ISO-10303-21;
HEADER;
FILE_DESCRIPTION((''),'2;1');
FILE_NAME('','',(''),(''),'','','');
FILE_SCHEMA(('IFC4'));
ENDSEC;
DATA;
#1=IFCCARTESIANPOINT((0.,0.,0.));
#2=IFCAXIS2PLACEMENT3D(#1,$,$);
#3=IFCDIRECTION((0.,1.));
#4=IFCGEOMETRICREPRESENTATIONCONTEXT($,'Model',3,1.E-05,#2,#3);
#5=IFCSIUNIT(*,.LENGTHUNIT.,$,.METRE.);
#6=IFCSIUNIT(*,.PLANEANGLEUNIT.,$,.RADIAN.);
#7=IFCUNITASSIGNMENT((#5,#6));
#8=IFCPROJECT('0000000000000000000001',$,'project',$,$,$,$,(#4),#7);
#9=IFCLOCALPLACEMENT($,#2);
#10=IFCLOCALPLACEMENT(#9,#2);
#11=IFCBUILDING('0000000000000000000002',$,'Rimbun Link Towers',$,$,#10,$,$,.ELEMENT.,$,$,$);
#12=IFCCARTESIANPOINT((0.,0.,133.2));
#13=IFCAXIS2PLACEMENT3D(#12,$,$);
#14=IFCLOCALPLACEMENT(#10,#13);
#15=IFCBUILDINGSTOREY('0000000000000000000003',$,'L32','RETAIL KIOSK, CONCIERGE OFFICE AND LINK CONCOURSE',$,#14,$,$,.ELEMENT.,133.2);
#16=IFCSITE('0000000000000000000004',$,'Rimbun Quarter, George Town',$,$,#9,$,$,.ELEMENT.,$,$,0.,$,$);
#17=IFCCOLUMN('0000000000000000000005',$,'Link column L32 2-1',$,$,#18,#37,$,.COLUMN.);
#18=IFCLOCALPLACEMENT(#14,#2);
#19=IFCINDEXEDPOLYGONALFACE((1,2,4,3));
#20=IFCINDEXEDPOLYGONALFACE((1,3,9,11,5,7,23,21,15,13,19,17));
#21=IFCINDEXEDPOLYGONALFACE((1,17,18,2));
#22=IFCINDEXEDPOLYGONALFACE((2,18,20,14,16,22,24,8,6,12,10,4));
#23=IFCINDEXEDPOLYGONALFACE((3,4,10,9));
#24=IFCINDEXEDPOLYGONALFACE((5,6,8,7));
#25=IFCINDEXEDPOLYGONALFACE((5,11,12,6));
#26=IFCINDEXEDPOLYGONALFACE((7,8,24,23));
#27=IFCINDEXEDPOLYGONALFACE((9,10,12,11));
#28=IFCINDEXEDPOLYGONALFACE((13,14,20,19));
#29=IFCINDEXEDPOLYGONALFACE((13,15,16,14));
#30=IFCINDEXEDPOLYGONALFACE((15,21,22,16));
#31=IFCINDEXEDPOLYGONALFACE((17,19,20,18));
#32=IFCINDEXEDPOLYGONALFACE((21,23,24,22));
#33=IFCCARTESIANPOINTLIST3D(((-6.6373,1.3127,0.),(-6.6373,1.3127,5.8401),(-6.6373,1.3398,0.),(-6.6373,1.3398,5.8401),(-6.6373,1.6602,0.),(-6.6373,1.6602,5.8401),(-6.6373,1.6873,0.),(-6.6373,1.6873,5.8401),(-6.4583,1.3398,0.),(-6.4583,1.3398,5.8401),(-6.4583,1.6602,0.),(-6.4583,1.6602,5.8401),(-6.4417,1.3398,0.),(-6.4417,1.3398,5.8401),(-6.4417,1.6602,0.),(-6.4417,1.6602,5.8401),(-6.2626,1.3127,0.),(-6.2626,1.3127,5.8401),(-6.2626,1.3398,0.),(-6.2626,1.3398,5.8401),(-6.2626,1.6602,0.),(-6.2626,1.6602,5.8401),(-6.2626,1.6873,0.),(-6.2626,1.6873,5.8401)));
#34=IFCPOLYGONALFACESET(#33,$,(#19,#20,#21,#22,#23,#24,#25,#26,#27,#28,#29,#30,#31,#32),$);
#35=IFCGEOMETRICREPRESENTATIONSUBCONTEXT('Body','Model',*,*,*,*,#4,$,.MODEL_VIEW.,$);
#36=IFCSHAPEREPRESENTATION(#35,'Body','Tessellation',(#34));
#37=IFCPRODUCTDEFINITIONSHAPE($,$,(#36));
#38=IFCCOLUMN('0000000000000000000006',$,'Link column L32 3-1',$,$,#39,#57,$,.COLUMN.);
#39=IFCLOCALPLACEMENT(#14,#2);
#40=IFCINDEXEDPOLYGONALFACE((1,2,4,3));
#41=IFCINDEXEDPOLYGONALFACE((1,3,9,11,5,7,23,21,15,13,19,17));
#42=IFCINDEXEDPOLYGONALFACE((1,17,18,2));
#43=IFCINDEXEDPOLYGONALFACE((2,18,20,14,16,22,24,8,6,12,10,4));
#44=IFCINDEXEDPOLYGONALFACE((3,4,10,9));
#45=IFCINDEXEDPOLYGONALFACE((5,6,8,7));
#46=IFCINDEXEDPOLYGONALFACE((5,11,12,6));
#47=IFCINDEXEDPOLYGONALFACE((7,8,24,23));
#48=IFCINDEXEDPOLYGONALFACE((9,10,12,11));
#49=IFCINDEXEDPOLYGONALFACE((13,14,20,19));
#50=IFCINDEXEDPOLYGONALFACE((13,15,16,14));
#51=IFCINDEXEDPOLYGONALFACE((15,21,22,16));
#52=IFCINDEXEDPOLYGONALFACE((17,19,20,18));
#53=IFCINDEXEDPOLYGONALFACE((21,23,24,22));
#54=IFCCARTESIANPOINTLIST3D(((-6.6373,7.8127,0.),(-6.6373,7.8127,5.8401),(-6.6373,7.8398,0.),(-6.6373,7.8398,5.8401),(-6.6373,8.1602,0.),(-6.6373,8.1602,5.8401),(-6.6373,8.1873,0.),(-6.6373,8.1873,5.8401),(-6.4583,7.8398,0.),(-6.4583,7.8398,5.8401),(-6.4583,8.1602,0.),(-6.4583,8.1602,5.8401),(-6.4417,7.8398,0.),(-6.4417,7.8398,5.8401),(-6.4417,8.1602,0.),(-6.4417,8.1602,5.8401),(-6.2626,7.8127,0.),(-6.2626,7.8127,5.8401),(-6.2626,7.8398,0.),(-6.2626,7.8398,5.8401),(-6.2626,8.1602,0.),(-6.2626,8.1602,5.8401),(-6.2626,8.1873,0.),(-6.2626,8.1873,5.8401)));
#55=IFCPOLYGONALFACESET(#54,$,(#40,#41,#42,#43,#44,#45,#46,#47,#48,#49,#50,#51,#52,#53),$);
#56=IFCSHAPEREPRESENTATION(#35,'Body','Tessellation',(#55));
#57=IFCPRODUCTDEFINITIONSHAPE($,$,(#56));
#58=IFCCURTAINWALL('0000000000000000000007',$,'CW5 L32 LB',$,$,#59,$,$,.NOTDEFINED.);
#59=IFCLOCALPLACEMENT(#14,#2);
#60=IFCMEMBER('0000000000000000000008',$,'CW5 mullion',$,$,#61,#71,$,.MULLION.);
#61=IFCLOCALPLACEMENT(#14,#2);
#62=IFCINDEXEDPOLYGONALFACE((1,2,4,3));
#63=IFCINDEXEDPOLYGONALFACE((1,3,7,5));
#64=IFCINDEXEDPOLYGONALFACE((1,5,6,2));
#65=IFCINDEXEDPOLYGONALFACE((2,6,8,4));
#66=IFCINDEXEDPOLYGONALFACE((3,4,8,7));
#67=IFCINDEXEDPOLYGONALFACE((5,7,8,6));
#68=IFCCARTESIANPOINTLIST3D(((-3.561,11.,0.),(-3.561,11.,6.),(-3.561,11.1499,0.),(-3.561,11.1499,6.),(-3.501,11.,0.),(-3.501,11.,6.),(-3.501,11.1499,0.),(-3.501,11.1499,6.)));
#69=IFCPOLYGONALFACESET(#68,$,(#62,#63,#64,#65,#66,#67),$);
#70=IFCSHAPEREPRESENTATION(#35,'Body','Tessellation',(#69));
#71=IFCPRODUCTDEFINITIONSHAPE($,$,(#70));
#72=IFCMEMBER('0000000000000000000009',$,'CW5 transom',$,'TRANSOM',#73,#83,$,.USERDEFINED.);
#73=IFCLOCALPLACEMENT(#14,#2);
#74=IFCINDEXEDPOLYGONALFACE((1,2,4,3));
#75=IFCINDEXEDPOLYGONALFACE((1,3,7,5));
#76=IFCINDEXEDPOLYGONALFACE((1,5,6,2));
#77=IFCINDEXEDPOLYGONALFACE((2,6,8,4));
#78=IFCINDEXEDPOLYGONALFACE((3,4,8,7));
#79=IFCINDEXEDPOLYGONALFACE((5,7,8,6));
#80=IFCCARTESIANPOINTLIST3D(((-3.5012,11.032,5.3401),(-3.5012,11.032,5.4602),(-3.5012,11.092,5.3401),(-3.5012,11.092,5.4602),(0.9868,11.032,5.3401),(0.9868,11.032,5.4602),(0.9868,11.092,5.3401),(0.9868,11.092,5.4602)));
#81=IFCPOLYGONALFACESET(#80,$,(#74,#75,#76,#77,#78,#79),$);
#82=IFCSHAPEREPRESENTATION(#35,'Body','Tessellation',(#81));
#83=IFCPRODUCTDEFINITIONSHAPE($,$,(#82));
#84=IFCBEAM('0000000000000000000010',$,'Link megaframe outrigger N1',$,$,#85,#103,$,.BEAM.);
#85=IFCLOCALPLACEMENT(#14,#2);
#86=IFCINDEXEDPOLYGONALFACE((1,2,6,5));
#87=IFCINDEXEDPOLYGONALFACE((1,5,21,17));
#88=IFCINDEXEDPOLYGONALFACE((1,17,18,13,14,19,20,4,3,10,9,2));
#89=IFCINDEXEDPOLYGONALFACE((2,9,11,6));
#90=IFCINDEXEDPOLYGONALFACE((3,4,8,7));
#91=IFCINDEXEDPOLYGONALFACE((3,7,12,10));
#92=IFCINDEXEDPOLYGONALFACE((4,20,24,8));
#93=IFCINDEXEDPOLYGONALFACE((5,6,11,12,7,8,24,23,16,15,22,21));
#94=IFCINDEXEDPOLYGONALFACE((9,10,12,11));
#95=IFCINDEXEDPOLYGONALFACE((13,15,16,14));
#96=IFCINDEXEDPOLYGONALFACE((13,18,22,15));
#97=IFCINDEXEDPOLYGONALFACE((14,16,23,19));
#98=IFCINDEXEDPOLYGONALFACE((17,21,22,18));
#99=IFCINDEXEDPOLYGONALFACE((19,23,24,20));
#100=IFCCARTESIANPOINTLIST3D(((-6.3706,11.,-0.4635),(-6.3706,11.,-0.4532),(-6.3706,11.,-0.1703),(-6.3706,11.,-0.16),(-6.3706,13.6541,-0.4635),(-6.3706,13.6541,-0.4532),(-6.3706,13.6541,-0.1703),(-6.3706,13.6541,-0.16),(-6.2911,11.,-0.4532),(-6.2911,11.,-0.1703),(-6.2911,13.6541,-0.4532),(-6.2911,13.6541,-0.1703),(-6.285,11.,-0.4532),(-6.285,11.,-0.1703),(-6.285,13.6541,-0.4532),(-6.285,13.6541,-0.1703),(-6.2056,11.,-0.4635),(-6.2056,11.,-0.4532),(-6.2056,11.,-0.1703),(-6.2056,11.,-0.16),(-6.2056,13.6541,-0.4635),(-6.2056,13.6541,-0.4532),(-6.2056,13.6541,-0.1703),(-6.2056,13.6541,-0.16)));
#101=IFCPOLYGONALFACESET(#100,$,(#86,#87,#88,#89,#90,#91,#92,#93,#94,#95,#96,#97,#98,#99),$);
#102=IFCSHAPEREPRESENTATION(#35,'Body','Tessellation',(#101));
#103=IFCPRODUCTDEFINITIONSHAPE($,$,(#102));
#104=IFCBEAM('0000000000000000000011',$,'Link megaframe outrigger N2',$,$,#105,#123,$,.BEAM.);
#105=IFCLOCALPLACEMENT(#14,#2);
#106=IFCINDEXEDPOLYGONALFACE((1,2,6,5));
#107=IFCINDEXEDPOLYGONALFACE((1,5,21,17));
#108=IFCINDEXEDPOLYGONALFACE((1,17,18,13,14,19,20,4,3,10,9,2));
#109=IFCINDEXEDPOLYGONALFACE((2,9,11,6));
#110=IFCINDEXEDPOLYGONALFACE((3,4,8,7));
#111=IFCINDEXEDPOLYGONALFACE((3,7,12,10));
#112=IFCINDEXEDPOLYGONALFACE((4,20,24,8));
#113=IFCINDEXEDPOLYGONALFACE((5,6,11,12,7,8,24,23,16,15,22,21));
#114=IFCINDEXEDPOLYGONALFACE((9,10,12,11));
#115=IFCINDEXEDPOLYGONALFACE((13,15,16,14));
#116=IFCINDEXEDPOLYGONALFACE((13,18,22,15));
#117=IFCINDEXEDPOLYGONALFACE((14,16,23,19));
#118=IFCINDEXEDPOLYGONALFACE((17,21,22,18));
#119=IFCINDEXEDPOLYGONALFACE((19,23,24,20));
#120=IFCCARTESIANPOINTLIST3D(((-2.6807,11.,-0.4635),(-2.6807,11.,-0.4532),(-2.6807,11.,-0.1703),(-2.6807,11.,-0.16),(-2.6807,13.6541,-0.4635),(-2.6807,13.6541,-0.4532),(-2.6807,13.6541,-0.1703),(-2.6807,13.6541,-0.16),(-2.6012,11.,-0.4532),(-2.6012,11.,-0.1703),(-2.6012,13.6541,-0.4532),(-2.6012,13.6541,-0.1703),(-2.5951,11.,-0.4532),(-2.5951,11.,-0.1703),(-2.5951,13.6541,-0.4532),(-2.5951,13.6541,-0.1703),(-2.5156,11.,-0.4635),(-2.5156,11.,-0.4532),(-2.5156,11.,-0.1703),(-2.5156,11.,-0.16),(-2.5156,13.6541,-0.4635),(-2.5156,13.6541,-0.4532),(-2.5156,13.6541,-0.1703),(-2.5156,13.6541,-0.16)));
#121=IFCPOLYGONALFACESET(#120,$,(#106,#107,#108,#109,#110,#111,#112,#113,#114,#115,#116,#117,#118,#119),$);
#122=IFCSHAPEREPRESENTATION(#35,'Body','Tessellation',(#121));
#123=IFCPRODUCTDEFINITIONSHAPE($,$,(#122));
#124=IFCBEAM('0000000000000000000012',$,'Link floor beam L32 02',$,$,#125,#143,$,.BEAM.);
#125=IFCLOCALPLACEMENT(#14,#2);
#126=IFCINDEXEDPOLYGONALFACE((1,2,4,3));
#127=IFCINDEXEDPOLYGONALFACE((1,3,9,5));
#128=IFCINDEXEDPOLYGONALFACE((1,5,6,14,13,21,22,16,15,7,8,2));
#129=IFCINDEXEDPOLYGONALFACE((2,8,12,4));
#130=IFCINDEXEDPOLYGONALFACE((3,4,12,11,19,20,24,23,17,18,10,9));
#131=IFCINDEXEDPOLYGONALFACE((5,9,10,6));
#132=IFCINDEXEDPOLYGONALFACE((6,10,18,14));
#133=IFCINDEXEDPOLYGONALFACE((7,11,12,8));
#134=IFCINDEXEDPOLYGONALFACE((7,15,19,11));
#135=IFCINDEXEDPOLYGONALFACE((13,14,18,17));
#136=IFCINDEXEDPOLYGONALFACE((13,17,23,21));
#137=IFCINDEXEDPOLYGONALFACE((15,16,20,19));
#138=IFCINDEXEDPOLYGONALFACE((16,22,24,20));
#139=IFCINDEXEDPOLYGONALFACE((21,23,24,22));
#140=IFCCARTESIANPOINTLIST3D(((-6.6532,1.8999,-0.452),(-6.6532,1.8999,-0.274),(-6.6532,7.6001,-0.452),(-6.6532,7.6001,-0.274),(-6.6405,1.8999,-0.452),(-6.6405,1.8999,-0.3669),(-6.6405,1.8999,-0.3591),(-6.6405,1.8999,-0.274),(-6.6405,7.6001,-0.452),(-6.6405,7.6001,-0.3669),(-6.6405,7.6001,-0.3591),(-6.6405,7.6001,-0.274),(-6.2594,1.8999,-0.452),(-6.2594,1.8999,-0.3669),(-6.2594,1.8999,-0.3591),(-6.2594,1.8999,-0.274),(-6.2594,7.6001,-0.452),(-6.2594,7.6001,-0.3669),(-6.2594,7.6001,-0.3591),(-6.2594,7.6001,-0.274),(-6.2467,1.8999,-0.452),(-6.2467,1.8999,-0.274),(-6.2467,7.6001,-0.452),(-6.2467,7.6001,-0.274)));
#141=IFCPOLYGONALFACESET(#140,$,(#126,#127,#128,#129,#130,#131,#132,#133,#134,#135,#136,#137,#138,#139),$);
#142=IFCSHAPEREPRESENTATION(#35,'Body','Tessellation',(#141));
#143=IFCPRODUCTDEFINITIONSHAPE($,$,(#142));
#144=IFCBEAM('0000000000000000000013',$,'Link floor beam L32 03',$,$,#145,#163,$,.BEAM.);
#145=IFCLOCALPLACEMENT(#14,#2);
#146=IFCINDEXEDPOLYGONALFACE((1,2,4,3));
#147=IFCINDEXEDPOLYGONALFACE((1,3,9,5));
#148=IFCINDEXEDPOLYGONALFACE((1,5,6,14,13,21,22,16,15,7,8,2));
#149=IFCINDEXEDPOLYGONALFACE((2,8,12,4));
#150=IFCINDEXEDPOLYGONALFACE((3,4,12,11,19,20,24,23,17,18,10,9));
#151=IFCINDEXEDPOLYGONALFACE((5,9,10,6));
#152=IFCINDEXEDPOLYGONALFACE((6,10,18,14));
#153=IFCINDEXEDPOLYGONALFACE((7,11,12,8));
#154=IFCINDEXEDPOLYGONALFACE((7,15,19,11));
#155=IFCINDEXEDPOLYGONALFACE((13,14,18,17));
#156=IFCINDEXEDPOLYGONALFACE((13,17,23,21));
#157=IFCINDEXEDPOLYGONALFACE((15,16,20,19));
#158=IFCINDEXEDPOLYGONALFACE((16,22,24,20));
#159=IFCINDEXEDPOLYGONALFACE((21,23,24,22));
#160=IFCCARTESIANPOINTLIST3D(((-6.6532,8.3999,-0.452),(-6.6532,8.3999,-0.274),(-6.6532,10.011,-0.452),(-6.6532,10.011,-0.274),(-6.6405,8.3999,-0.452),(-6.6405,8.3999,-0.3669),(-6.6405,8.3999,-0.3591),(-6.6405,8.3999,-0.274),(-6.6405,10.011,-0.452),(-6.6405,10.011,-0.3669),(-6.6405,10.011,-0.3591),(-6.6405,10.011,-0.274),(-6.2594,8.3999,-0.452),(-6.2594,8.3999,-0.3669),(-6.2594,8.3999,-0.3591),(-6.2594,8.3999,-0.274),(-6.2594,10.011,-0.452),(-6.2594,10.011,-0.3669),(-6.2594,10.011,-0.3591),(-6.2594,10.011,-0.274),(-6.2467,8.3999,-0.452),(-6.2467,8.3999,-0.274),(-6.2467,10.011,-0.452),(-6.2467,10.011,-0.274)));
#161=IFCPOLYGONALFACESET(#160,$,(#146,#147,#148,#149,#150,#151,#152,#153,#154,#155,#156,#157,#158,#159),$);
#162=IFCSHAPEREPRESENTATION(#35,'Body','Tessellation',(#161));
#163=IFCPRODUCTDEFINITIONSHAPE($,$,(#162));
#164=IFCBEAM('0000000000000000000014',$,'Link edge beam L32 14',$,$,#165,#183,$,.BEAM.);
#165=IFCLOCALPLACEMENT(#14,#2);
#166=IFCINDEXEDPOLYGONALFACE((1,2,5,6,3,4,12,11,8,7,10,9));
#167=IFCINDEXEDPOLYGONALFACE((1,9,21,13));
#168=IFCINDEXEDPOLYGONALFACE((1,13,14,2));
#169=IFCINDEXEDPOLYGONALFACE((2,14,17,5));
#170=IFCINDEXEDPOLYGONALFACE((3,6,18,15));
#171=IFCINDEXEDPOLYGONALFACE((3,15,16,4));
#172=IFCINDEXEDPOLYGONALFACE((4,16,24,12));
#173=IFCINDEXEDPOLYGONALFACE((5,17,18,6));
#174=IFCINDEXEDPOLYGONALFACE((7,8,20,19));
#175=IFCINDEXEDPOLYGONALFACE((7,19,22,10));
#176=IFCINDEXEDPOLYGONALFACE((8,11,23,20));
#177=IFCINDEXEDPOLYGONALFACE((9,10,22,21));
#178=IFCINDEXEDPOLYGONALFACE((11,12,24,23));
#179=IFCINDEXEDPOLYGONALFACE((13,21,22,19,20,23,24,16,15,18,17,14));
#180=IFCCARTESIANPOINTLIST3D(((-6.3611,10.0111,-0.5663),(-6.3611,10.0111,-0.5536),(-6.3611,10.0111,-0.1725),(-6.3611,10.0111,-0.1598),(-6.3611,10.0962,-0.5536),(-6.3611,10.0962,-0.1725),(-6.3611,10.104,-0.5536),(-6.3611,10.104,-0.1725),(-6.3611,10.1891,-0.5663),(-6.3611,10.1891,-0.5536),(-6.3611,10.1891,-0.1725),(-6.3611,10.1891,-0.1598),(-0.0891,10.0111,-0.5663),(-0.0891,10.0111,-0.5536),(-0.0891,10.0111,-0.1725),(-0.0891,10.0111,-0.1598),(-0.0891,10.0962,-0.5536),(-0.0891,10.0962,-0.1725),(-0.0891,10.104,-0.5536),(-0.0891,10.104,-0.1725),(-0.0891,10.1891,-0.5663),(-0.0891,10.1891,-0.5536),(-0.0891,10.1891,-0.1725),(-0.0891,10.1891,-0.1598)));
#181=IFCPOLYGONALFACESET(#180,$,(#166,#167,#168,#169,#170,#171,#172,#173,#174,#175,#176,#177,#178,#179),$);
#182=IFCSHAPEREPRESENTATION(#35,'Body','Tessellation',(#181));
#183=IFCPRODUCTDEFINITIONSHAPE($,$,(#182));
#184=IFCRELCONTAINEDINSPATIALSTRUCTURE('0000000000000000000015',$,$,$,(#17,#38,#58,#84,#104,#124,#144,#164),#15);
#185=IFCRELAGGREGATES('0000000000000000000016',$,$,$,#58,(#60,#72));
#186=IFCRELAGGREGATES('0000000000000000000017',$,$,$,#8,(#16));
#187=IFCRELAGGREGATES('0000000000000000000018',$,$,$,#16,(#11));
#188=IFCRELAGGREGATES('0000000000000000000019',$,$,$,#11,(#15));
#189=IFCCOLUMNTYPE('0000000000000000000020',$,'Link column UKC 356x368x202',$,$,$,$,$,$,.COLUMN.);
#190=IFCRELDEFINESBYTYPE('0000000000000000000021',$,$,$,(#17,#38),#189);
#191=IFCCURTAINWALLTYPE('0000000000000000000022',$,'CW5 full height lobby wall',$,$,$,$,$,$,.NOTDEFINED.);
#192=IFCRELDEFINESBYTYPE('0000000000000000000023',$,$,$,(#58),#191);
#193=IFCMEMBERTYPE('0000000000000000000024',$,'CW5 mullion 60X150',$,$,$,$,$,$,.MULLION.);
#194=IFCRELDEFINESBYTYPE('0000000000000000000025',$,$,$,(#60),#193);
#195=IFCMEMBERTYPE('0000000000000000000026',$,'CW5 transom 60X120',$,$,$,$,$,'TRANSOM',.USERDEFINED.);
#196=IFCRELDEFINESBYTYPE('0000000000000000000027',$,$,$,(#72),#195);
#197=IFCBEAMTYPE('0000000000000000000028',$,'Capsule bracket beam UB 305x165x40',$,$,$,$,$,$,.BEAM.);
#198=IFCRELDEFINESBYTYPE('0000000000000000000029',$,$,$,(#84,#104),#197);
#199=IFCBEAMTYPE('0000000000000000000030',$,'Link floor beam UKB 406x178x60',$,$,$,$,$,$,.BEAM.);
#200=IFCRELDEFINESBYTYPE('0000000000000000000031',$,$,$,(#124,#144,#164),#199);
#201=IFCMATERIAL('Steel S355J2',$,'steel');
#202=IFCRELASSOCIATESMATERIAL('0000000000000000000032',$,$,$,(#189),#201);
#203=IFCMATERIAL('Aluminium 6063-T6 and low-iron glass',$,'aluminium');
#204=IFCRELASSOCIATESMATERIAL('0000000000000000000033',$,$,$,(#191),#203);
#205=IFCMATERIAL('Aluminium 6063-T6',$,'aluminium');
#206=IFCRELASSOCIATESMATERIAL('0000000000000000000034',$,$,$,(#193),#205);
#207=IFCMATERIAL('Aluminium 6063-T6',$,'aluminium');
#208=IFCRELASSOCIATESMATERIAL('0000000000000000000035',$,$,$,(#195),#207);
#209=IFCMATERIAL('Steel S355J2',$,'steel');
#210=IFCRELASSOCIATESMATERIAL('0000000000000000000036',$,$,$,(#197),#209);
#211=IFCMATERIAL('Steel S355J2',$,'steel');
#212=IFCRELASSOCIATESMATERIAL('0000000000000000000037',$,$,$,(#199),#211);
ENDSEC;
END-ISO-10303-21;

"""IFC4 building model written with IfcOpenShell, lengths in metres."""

from ifc_helpers import new_model, si_unit, direction, frame, origin, origin_2d, place, context, subcontext, project, spatial, rectangle, i_section, extrude, material, material_profile, profile_set, type_object, element, aggregate, save


model = new_model("IFC4")

# Units and contexts
model_context = context("Model", 3, precision=1e-05, world=origin(), true_north=direction((0.0, 1.0)))
body_context = subcontext(model_context, "Body", "Model", "MODEL_VIEW")
ifc_project = project(units=[si_unit("LENGTHUNIT", "METRE"), si_unit("PLANEANGLEUNIT", "RADIAN")], contexts=[model_context])

# Site, building, storey
site_placement = place(None, origin())
site = spatial("IfcSite", under=ifc_project, at=site_placement, Name="Rimbun Quarter, George Town", CompositionType="ELEMENT", RefElevation=0.0)
building_placement = place(site_placement, origin())
building = spatial("IfcBuilding", under=site, at=building_placement, Name="Rimbun Link Towers", CompositionType="ELEMENT")
storey_placement = place(building_placement, frame((0.0, 0.0, 133.2)))
storey = spatial("IfcBuildingStorey", under=building, at=storey_placement, Name="L32", Description="RETAIL KIOSK, CONCIERGE OFFICE AND LINK CONCOURSE", CompositionType="ELEMENT", Elevation=133.2)

# Columns
ifc_material_1 = material(Name="Steel S355J2", Category="steel")
ifc_material_profile_1 = material_profile(ifc_material_1, i_section(OverallWidth=0.3748, OverallDepth=0.3745, WebThickness=0.0166, FlangeThickness=0.0271, at=origin_2d()), Name="UKC 356x368x202")
ifc_profile_set_1 = profile_set([ifc_material_profile_1], Name="Steel S355J2")
column_type = type_object("IfcColumnType", Name="Link column UKC 356x368x202", PredefinedType="COLUMN", material=ifc_profile_set_1)
for number, where, z_axis, x_axis, name in (
    (1, (-6.45, 1.5, 0.0), (0.0, 0.0, 1.0), (1.0, 0.0, 0.0), "Link column L32 2-1"),
    (2, (-6.45, 8.0, 0.0), (0.0, 0.0, 1.0), (1.0, 0.0, 0.0), "Link column L32 3-1"),
):
    element("IfcColumn", number, at=place(storey_placement, frame(where, z_axis=z_axis, x_axis=x_axis)), inside=storey, type_object=column_type, Name=name, PredefinedType="COLUMN", context=body_context, shape_type="SweptSolid", body=[
        extrude(i_section(OverallWidth=0.3748, OverallDepth=0.3745, WebThickness=0.0166, FlangeThickness=0.0271, at=origin_2d()), origin(), (0.0, 0.0, 1.0), 5.8401),
    ])

# Curtain wall, members
ifc_material_2 = material(Name="Aluminium 6063-T6 and low-iron glass", Category="aluminium")
curtain_wall_type = type_object("IfcCurtainWallType", Name="CW5 full height lobby wall", PredefinedType="NOTDEFINED", material=ifc_material_2)
curtain_wall_placement = place(storey_placement, origin())
curtain_wall = element("IfcCurtainWall", 3, at=curtain_wall_placement, inside=storey, type_object=curtain_wall_type, Name="CW5 L32 LB", PredefinedType="NOTDEFINED")
ifc_material_3 = material(Name="Aluminium 6063-T6", Category="aluminium")
ifc_material_profile_2 = material_profile(ifc_material_3, rectangle(XDim=0.1499, YDim=0.0601, at=origin_2d()), Name="MULLION 60X150")
ifc_profile_set_2 = profile_set([ifc_material_profile_2], Name="Aluminium 6063-T6")
member_type_1 = type_object("IfcMemberType", Name="CW5 mullion 60X150", PredefinedType="MULLION", material=ifc_profile_set_2)
member_1_placement = place(storey_placement, frame((-3.531, 11.075, 0.0), z_axis=(0.0, 0.0, 1.0), x_axis=(0.0, 1.0, 0.0)))
member_1 = element("IfcMember", 4, at=member_1_placement, type_object=member_type_1, Name="CW5 mullion", PredefinedType="MULLION", context=body_context, shape_type="SweptSolid", body=[
    extrude(rectangle(XDim=0.1499, YDim=0.0601, at=origin_2d()), origin(), (0.0, 0.0, 1.0), 6.0),
])
ifc_material_4 = material(Name="Aluminium 6063-T6", Category="aluminium")
ifc_material_profile_3 = material_profile(ifc_material_4, rectangle(XDim=0.0601, YDim=0.1201, at=origin_2d()), Name="TRANSOM 60X120")
ifc_profile_set_3 = profile_set([ifc_material_profile_3], Name="Aluminium 6063-T6")
member_type_2 = type_object("IfcMemberType", Name="CW5 transom 60X120", ElementType="TRANSOM", PredefinedType="USERDEFINED", material=ifc_profile_set_3)
member_2_placement = place(storey_placement, frame((-3.5012, 11.062, 5.4001), z_axis=(1.0, 0.0, 0.0), x_axis=(0.0, 1.0, 0.0)))
member_2 = element("IfcMember", 5, at=member_2_placement, type_object=member_type_2, Name="CW5 transom", ObjectType="TRANSOM", PredefinedType="USERDEFINED", context=body_context, shape_type="SweptSolid", body=[
    extrude(rectangle(XDim=0.0601, YDim=0.1201, at=origin_2d()), origin(), (0.0, 0.0, 1.0), 4.488),
])

# Beams
ifc_material_5 = material(Name="Steel S355J2", Category="steel")
ifc_material_profile_4 = material_profile(ifc_material_5, i_section(OverallWidth=0.165, OverallDepth=0.3035, WebThickness=0.0061, FlangeThickness=0.0103, at=origin_2d()), Name="UB 305x165x40")
ifc_profile_set_4 = profile_set([ifc_material_profile_4], Name="Steel S355J2")
beam_type_1 = type_object("IfcBeamType", Name="Capsule bracket beam UB 305x165x40", PredefinedType="BEAM", material=ifc_profile_set_4)
for number, where, z_axis, x_axis, name in (
    (6, (-6.2881, 11.0, -0.3118), (0.0, 1.0, 0.0), (-1.0, 0.0, 0.0), "Link megaframe outrigger N1"),
    (7, (-2.5981, 11.0, -0.3118), (0.0, 1.0, 0.0), (-1.0, 0.0, 0.0), "Link megaframe outrigger N2"),
):
    element("IfcBeam", number, at=place(storey_placement, frame(where, z_axis=z_axis, x_axis=x_axis)), inside=storey, type_object=beam_type_1, Name=name, PredefinedType="BEAM", context=body_context, shape_type="SweptSolid", body=[
        extrude(i_section(OverallWidth=0.165, OverallDepth=0.3035, WebThickness=0.0061, FlangeThickness=0.0103, at=origin_2d()), origin(), (0.0, 0.0, 1.0), 2.6541),
    ])
ifc_material_6 = material(Name="Steel S355J2", Category="steel")
ifc_material_profile_5 = material_profile(ifc_material_6, i_section(OverallWidth=0.178, OverallDepth=0.4065, WebThickness=0.0078, FlangeThickness=0.0127, at=origin_2d()), Name="UKB 406x178x60")
ifc_profile_set_5 = profile_set([ifc_material_profile_5], Name="Steel S355J2")
beam_type_2 = type_object("IfcBeamType", Name="Link floor beam UKB 406x178x60", PredefinedType="BEAM", material=ifc_profile_set_5)
beam_1_placement = place(storey_placement, frame((-6.45, 1.8999, -0.363), z_axis=(0.0, 1.0, 0.0), x_axis=(0.0, 0.0, 1.0)))
element("IfcBeam", 8, at=beam_1_placement, inside=storey, type_object=beam_type_2, Name="Link floor beam L32 02", PredefinedType="BEAM", context=body_context, shape_type="SweptSolid", body=[
    extrude(i_section(OverallWidth=0.178, OverallDepth=0.4065, WebThickness=0.0078, FlangeThickness=0.0127, at=origin_2d()), origin(), (0.0, 0.0, 1.0), 5.7002),
])
beam_2_placement = place(storey_placement, frame((-6.45, 8.3999, -0.363), z_axis=(0.0, 1.0, 0.0), x_axis=(0.0, 0.0, 1.0)))
element("IfcBeam", 9, at=beam_2_placement, inside=storey, type_object=beam_type_2, Name="Link floor beam L32 03", PredefinedType="BEAM", context=body_context, shape_type="SweptSolid", body=[
    extrude(i_section(OverallWidth=0.178, OverallDepth=0.4065, WebThickness=0.0078, FlangeThickness=0.0127, at=origin_2d()), origin(), (0.0, 0.0, 1.0), 1.6111),
])
beam_3_placement = place(storey_placement, frame((-6.3611, 10.1001, -0.363), z_axis=(1.0, 0.0, 0.0), x_axis=(0.0, 1.0, 0.0)))
element("IfcBeam", 10, at=beam_3_placement, inside=storey, type_object=beam_type_2, Name="Link edge beam L32 14", PredefinedType="BEAM", context=body_context, shape_type="SweptSolid", body=[
    extrude(i_section(OverallWidth=0.178, OverallDepth=0.4065, WebThickness=0.0078, FlangeThickness=0.0127, at=origin_2d()), origin(), (0.0, 0.0, 1.0), 6.272),
])

aggregate(curtain_wall, [member_1, member_2])

save(model, "model.ifc")
